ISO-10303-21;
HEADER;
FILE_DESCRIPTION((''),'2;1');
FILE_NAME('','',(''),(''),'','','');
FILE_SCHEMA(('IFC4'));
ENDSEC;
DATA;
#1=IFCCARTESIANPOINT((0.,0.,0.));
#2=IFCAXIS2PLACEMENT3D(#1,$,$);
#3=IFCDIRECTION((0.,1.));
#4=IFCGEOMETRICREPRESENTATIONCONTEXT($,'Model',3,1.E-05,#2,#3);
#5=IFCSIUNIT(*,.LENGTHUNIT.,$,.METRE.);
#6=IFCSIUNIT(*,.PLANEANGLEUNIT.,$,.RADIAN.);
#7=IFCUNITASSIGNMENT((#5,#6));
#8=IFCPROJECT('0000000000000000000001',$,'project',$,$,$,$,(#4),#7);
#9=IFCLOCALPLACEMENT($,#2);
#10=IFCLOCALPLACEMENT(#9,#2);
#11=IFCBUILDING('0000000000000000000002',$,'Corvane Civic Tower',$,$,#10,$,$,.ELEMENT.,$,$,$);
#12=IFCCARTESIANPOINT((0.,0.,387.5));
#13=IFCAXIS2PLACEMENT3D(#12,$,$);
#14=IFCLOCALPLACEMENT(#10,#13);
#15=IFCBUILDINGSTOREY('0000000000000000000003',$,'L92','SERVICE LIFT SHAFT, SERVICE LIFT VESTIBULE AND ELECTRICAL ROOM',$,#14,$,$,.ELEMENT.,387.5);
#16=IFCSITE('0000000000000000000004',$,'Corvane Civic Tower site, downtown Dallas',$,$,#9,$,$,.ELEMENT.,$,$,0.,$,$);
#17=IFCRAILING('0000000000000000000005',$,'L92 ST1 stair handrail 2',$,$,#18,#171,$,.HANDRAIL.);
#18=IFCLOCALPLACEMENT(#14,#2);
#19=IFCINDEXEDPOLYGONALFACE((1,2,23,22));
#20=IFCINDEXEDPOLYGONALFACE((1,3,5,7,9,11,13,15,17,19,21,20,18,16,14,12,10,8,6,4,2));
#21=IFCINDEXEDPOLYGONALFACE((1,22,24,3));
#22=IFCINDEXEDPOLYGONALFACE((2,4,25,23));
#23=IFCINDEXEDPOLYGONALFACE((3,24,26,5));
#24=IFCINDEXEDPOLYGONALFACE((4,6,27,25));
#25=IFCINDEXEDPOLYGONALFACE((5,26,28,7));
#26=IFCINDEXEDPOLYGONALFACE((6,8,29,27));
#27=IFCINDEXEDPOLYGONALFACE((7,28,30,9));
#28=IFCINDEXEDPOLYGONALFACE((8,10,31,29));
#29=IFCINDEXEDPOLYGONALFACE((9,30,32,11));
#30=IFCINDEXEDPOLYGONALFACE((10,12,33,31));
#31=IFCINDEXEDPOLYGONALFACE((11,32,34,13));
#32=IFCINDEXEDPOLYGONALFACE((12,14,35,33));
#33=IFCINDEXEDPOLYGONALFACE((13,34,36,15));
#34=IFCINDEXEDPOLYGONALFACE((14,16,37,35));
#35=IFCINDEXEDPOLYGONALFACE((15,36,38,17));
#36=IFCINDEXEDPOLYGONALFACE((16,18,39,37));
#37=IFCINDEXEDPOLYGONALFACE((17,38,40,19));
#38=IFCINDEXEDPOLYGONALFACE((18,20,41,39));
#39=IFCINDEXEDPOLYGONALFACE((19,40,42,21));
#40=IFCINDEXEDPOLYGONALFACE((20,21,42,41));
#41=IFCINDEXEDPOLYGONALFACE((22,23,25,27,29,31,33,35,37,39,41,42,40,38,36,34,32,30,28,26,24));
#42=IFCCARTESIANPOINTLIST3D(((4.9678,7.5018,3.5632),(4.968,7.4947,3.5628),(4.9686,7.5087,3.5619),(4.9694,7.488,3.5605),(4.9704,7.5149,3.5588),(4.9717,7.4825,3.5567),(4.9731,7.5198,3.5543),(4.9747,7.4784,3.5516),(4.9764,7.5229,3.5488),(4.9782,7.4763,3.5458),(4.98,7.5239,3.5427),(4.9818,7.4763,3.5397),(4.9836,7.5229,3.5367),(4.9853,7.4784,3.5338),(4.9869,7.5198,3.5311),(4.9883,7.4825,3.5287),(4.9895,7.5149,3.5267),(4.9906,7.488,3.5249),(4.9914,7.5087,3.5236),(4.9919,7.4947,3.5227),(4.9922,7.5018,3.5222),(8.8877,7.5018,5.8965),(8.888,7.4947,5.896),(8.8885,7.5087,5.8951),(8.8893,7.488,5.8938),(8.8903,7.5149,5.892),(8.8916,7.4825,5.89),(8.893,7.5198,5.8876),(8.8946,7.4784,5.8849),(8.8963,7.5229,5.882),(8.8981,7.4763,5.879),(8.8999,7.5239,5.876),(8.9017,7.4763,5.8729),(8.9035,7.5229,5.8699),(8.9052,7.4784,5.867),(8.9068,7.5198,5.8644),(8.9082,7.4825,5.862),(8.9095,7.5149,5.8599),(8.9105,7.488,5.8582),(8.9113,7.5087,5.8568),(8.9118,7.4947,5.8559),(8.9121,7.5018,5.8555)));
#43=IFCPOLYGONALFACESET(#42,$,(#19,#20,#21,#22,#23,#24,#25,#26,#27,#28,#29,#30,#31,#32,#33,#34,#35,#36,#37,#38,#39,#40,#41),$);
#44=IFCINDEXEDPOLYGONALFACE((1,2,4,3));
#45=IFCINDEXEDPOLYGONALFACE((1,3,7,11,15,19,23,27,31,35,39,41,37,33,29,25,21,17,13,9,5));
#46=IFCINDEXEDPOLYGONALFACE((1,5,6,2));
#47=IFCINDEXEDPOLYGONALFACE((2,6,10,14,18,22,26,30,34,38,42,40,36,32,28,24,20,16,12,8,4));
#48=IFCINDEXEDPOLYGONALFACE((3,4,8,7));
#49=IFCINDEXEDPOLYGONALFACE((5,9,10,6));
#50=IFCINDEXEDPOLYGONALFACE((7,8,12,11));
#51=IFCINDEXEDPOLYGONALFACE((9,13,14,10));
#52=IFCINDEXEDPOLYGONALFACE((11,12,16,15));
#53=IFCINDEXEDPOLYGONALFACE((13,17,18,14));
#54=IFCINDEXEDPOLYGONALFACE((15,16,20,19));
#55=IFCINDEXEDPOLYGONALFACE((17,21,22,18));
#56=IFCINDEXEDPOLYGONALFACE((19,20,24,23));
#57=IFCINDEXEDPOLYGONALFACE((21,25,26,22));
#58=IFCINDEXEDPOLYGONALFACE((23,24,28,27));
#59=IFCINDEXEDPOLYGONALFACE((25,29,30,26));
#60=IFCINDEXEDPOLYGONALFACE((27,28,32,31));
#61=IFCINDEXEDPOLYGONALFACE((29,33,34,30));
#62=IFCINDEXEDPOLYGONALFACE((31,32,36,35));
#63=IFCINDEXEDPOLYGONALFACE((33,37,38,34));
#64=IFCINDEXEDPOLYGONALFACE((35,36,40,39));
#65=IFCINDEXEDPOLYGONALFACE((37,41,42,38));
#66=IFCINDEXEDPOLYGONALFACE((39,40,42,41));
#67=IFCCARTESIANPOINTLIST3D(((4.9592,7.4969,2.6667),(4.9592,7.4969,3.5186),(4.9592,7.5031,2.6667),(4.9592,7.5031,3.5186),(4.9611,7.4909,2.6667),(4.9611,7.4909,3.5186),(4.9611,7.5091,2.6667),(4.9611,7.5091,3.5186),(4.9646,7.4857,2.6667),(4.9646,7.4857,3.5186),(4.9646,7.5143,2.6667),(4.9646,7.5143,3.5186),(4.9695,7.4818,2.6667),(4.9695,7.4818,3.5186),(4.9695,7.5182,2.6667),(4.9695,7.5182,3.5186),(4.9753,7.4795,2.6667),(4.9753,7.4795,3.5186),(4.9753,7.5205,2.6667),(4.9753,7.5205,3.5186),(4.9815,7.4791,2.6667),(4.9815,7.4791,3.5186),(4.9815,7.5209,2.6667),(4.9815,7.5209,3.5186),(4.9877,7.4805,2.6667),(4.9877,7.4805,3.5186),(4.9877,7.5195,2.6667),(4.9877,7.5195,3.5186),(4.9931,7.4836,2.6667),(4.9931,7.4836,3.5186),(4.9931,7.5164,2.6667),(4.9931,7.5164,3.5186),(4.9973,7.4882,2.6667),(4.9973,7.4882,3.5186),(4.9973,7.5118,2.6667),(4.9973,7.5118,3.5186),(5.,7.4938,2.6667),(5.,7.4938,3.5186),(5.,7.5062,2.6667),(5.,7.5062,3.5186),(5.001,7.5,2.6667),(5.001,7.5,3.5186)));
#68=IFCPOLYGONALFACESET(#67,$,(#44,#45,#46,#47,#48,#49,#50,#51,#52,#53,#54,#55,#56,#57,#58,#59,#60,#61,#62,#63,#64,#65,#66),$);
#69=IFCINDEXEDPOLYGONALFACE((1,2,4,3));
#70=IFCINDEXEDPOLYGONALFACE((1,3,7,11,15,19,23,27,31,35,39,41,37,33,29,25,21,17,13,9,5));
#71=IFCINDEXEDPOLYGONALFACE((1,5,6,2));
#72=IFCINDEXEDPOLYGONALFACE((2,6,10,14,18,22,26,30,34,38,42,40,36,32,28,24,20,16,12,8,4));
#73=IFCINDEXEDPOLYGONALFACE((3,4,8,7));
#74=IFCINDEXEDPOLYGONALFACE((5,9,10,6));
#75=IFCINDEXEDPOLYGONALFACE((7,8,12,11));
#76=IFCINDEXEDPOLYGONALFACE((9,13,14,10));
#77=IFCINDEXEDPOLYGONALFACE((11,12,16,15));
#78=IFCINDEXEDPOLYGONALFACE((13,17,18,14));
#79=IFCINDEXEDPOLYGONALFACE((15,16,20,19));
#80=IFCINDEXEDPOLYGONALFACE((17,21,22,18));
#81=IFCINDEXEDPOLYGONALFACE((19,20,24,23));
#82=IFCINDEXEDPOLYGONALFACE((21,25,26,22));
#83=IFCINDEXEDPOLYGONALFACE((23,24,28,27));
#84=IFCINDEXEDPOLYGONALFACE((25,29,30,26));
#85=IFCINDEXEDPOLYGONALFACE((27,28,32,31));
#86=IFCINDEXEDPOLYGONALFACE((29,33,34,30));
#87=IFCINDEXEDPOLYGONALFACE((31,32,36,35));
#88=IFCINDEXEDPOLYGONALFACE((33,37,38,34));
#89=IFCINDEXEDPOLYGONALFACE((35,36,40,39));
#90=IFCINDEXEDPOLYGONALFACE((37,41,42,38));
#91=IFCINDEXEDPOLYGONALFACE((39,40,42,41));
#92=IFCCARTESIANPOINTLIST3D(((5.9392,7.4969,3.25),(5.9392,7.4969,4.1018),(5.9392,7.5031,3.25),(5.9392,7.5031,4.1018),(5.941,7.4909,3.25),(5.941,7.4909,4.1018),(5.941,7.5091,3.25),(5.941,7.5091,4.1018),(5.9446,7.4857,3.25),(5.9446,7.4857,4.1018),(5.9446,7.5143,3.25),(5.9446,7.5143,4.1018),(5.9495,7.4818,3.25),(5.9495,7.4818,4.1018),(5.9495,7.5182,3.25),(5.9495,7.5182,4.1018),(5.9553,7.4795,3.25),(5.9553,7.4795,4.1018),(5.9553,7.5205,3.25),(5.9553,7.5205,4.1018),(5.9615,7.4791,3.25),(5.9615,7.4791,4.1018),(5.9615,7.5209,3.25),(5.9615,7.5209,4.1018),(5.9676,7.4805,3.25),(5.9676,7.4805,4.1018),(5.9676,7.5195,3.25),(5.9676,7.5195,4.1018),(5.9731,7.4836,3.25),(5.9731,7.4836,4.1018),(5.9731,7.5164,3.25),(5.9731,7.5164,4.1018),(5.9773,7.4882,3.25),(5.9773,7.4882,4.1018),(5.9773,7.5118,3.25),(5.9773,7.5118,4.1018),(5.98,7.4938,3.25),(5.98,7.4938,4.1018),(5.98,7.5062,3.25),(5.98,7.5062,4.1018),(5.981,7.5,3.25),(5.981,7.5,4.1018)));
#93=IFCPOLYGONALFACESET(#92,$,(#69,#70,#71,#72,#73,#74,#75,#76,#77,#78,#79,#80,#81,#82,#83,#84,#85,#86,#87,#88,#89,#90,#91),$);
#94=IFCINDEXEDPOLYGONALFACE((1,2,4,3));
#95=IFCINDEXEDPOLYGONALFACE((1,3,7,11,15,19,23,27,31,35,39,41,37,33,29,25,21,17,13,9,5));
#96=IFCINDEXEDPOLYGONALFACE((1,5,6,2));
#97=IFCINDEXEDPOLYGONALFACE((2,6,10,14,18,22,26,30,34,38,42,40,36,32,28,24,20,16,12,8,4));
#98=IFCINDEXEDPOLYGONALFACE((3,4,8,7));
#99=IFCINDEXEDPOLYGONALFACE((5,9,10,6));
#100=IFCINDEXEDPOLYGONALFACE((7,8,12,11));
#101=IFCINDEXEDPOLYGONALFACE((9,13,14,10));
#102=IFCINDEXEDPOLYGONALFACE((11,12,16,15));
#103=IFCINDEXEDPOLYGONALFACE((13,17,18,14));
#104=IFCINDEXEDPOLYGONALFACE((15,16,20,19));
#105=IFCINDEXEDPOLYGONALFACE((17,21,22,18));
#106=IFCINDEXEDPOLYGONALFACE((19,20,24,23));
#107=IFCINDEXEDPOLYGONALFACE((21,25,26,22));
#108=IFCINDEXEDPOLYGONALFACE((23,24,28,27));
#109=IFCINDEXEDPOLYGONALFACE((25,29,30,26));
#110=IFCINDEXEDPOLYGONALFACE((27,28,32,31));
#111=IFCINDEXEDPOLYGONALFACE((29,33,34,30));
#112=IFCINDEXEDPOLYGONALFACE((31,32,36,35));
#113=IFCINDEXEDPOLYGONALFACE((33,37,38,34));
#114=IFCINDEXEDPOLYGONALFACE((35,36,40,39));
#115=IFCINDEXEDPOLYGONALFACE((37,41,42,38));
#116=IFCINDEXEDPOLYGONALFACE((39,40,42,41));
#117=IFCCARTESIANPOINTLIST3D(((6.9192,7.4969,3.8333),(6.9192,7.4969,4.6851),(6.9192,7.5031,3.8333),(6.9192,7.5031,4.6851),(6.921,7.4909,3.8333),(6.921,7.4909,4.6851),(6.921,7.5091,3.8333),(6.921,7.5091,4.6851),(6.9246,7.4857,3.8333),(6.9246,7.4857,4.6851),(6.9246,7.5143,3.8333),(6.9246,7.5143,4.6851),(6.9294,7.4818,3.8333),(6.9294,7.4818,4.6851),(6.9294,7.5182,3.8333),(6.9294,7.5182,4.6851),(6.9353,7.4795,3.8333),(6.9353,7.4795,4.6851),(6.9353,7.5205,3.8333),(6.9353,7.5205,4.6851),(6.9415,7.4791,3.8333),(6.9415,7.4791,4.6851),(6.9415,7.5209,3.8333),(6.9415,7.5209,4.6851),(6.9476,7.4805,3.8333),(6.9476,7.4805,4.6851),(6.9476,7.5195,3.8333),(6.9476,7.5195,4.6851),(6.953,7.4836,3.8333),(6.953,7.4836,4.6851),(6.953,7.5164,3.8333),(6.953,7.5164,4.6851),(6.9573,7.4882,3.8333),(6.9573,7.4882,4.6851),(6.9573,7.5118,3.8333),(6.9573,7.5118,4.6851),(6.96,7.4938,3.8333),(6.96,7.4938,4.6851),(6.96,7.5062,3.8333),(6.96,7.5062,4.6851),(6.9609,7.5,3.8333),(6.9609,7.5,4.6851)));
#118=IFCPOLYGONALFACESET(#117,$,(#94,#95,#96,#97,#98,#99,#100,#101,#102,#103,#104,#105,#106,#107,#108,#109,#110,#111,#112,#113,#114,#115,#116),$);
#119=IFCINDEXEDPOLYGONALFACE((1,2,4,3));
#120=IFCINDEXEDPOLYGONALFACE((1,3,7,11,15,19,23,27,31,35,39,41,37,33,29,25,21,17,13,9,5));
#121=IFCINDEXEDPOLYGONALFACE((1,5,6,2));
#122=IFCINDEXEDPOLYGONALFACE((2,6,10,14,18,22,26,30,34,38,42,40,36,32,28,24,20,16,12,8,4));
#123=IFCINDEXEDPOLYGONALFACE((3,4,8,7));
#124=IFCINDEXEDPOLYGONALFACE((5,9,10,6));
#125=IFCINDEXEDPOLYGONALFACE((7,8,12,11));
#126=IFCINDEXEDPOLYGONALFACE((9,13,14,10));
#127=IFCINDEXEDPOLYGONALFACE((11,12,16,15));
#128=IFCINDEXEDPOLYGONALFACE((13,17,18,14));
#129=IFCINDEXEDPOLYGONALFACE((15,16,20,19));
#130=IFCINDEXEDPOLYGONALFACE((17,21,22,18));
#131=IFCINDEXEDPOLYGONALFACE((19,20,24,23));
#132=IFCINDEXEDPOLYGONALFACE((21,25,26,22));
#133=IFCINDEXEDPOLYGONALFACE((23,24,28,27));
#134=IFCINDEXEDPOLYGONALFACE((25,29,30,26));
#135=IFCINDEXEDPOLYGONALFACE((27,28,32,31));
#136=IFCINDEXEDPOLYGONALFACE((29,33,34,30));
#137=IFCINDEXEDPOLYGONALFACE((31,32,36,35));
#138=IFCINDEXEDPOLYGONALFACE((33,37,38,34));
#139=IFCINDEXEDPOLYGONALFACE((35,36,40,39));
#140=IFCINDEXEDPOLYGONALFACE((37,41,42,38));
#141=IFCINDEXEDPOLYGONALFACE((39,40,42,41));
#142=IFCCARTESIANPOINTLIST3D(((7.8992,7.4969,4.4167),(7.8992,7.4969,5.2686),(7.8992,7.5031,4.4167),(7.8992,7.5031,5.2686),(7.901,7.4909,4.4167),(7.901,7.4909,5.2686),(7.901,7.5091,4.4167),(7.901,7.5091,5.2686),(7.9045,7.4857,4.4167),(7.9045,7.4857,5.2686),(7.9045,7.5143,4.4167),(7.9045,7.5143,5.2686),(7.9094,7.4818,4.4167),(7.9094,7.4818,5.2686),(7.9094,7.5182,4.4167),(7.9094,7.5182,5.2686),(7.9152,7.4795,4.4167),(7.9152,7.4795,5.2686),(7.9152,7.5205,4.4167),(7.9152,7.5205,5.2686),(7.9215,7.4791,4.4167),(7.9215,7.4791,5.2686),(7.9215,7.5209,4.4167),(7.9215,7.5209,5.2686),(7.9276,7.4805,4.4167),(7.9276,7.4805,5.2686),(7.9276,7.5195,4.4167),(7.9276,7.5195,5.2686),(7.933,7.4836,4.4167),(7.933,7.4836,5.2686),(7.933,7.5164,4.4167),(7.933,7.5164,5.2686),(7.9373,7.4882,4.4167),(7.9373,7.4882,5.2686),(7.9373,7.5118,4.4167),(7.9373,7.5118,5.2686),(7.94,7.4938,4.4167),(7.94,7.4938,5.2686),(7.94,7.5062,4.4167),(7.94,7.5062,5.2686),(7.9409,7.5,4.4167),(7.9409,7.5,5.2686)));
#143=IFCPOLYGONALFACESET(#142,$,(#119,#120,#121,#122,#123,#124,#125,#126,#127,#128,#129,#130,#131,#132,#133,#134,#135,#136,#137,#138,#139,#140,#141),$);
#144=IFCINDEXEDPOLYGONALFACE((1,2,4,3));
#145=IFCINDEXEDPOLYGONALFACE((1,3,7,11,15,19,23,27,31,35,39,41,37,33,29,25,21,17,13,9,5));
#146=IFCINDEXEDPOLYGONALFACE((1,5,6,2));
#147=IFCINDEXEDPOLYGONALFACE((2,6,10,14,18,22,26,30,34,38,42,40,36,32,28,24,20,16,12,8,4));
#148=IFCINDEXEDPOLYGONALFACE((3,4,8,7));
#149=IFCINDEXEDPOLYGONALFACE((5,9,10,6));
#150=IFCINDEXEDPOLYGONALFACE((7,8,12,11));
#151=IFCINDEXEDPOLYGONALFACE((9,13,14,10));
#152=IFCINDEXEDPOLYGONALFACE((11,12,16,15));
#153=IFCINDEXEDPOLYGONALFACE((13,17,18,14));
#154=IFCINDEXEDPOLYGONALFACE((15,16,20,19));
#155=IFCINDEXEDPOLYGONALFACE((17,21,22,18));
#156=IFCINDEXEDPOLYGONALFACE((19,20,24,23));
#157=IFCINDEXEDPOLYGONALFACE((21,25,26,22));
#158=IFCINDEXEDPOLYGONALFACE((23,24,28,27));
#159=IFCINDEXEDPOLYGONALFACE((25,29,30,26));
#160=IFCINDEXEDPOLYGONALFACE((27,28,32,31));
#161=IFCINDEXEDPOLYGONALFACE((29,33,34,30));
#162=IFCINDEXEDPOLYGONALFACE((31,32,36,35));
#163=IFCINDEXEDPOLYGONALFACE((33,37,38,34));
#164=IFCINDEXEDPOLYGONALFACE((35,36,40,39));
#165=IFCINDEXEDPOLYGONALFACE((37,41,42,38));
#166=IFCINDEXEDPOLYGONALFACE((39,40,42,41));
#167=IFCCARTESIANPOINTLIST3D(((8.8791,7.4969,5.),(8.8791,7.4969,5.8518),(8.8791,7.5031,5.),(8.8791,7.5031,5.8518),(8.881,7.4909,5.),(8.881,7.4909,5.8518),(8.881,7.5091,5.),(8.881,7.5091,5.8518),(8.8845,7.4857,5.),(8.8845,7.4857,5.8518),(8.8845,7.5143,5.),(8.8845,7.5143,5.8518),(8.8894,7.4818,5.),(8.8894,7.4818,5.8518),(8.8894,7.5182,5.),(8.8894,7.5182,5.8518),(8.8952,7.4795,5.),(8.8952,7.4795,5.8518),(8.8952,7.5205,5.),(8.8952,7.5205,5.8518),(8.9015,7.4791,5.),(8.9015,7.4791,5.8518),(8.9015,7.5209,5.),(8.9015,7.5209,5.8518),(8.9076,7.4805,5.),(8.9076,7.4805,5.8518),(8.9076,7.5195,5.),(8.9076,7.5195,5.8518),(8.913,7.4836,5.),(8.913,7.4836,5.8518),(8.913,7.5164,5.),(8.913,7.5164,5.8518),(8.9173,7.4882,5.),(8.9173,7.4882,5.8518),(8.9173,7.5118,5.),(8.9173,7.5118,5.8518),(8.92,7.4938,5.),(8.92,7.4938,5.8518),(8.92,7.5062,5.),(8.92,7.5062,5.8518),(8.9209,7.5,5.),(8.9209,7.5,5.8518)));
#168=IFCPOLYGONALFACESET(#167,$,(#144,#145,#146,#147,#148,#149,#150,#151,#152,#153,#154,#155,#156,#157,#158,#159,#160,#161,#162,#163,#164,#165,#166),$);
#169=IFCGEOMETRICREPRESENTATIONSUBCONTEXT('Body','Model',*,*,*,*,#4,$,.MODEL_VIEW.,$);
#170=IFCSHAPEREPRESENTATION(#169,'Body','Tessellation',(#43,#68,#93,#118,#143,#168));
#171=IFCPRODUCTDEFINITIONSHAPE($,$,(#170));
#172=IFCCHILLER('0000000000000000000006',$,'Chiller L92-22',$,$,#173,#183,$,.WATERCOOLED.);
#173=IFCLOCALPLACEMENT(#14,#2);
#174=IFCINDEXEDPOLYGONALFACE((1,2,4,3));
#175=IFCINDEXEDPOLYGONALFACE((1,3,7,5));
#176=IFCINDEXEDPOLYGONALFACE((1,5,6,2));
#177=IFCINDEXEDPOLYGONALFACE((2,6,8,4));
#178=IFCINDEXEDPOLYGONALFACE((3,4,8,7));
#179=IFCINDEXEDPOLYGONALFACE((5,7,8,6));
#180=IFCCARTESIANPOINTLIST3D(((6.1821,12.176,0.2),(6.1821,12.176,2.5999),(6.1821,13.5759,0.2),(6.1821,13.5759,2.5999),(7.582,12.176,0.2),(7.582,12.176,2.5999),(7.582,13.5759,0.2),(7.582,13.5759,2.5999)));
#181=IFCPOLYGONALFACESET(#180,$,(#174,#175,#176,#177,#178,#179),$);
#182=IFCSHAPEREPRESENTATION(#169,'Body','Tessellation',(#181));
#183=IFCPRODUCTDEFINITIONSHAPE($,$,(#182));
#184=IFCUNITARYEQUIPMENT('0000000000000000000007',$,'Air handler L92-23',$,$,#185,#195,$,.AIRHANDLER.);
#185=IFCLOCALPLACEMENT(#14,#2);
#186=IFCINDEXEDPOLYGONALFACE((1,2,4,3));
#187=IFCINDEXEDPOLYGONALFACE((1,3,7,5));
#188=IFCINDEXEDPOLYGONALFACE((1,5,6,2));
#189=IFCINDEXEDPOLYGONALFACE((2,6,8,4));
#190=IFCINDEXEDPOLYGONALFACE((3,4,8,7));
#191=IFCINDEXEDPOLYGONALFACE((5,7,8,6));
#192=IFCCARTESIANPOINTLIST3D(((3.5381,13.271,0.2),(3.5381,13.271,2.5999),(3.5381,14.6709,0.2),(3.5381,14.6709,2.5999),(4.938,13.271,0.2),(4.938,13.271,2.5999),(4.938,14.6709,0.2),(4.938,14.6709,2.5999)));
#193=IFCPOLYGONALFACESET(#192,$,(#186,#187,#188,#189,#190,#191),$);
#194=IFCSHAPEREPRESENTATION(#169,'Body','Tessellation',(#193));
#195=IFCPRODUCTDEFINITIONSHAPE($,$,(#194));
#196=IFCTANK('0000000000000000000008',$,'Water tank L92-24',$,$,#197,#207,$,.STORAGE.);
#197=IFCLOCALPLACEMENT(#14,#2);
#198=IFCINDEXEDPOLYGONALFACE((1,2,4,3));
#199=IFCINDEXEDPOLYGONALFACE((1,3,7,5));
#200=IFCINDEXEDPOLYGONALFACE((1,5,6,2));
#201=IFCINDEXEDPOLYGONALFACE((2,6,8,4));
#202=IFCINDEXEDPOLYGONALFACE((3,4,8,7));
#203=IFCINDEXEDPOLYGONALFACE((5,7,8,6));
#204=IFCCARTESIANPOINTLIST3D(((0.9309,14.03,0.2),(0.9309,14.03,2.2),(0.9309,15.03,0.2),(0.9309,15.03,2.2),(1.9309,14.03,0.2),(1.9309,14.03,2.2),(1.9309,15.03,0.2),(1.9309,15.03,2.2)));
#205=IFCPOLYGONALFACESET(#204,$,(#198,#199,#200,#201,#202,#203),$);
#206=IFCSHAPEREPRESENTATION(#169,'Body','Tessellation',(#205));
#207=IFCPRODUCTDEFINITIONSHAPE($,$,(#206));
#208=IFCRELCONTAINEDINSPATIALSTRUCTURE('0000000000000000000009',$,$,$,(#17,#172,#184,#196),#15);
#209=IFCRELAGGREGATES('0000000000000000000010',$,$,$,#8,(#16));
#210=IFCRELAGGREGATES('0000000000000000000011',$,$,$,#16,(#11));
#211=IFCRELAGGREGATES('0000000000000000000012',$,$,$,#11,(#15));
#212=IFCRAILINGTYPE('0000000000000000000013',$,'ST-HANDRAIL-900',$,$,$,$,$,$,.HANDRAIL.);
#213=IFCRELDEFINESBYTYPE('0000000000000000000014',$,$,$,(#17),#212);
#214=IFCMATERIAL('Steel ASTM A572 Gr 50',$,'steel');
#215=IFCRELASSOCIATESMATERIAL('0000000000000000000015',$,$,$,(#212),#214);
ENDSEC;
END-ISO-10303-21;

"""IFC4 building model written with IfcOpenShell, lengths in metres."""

from ifc_helpers import new_model, si_unit, direction, frame, origin, origin_2d, place, context, subcontext, project, spatial, rectangle, circle, extrude, material, type_object, element, save


model = new_model("IFC4")

# Units and contexts
model_context = context("Model", 3, precision=1e-05, world=origin(), true_north=direction((0.0, 1.0)))
body_context = subcontext(model_context, "Body", "Model", "MODEL_VIEW")
ifc_project = project(units=[si_unit("LENGTHUNIT", "METRE"), si_unit("PLANEANGLEUNIT", "RADIAN")], contexts=[model_context])

# Site, building, storey
site_placement = place(None, origin())
site = spatial("IfcSite", under=ifc_project, at=site_placement, Name="Corvane Civic Tower site, downtown Dallas", CompositionType="ELEMENT", RefElevation=0.0)
building_placement = place(site_placement, origin())
building = spatial("IfcBuilding", under=site, at=building_placement, Name="Corvane Civic Tower", CompositionType="ELEMENT")
storey_placement = place(building_placement, frame((0.0, 0.0, 387.5)))
storey = spatial("IfcBuildingStorey", under=building, at=storey_placement, Name="L92", Description="SERVICE LIFT SHAFT, SERVICE LIFT VESTIBULE AND ELECTRICAL ROOM", CompositionType="ELEMENT", Elevation=387.5)

# Railing
ifc_material_1 = material(Name="Steel ASTM A572 Gr 50", Category="steel")
railing_type = type_object("IfcRailingType", Name="ST-HANDRAIL-900", PredefinedType="HANDRAIL", material=ifc_material_1)
railing_placement = place(storey_placement, frame((4.98, 7.5, 2.6667)))
element("IfcRailing", 1, at=railing_placement, inside=storey, type_object=railing_type, Name="L92 ST1 stair handrail 2", PredefinedType="HANDRAIL", context=body_context, shape_type="SweptSolid", body=[
    extrude(circle(Radius=0.0239, at=origin_2d()), frame((0.0, 0.0, 0.876), z_axis=(0.859296, 0.0, 0.511478), x_axis=(0.0, 1.0, 0.0)), (0.0, 0.0, 1.0), 4.5618),
    extrude(circle(Radius=0.021, at=origin_2d()), origin(), (0.0, 0.0, 1.0), 0.8518),
    extrude(circle(Radius=0.021, at=origin_2d()), frame((0.98, 0.0, 0.5833)), (0.0, 0.0, 1.0), 0.8518),
    extrude(circle(Radius=0.021, at=origin_2d()), frame((1.96, 0.0, 1.1665)), (0.0, 0.0, 1.0), 0.8518),
    extrude(circle(Radius=0.021, at=origin_2d()), frame((2.9399, 0.0, 1.75)), (0.0, 0.0, 1.0), 0.8518),
    extrude(circle(Radius=0.021, at=origin_2d()), frame((3.9199, 0.0, 2.3333)), (0.0, 0.0, 1.0), 0.8518),
])

# Chiller
chiller_placement = place(storey_placement, frame((6.8821, 12.876, 0.2), z_axis=(0.0, 0.0, 1.0), x_axis=(1.0, 0.0, 0.0)))
element("IfcChiller", 2, at=chiller_placement, inside=storey, Name="Chiller L92-22", PredefinedType="WATERCOOLED", context=body_context, shape_type="SweptSolid", body=[
    extrude(rectangle(XDim=1.3999, YDim=1.3999, at=origin_2d()), origin(), (0.0, 0.0, 1.0), 2.3999),
])

# Unitary equipment
unitary_equipment_placement = place(storey_placement, frame((4.238, 13.9709, 0.2), z_axis=(0.0, 0.0, 1.0), x_axis=(1.0, 0.0, 0.0)))
element("IfcUnitaryEquipment", 3, at=unitary_equipment_placement, inside=storey, Name="Air handler L92-23", PredefinedType="AIRHANDLER", context=body_context, shape_type="SweptSolid", body=[
    extrude(rectangle(XDim=1.3999, YDim=1.3999, at=origin_2d()), origin(), (0.0, 0.0, 1.0), 2.3999),
])

# Tank
tank_placement = place(storey_placement, frame((1.4309, 14.53, 0.2), z_axis=(0.0, 0.0, 1.0), x_axis=(1.0, 0.0, 0.0)))
element("IfcTank", 4, at=tank_placement, inside=storey, Name="Water tank L92-24", PredefinedType="STORAGE", context=body_context, shape_type="SweptSolid", body=[
    extrude(rectangle(XDim=1.0, YDim=1.0, at=origin_2d()), origin(), (0.0, 0.0, 1.0), 2.0),
])

save(model, "model.ifc")
